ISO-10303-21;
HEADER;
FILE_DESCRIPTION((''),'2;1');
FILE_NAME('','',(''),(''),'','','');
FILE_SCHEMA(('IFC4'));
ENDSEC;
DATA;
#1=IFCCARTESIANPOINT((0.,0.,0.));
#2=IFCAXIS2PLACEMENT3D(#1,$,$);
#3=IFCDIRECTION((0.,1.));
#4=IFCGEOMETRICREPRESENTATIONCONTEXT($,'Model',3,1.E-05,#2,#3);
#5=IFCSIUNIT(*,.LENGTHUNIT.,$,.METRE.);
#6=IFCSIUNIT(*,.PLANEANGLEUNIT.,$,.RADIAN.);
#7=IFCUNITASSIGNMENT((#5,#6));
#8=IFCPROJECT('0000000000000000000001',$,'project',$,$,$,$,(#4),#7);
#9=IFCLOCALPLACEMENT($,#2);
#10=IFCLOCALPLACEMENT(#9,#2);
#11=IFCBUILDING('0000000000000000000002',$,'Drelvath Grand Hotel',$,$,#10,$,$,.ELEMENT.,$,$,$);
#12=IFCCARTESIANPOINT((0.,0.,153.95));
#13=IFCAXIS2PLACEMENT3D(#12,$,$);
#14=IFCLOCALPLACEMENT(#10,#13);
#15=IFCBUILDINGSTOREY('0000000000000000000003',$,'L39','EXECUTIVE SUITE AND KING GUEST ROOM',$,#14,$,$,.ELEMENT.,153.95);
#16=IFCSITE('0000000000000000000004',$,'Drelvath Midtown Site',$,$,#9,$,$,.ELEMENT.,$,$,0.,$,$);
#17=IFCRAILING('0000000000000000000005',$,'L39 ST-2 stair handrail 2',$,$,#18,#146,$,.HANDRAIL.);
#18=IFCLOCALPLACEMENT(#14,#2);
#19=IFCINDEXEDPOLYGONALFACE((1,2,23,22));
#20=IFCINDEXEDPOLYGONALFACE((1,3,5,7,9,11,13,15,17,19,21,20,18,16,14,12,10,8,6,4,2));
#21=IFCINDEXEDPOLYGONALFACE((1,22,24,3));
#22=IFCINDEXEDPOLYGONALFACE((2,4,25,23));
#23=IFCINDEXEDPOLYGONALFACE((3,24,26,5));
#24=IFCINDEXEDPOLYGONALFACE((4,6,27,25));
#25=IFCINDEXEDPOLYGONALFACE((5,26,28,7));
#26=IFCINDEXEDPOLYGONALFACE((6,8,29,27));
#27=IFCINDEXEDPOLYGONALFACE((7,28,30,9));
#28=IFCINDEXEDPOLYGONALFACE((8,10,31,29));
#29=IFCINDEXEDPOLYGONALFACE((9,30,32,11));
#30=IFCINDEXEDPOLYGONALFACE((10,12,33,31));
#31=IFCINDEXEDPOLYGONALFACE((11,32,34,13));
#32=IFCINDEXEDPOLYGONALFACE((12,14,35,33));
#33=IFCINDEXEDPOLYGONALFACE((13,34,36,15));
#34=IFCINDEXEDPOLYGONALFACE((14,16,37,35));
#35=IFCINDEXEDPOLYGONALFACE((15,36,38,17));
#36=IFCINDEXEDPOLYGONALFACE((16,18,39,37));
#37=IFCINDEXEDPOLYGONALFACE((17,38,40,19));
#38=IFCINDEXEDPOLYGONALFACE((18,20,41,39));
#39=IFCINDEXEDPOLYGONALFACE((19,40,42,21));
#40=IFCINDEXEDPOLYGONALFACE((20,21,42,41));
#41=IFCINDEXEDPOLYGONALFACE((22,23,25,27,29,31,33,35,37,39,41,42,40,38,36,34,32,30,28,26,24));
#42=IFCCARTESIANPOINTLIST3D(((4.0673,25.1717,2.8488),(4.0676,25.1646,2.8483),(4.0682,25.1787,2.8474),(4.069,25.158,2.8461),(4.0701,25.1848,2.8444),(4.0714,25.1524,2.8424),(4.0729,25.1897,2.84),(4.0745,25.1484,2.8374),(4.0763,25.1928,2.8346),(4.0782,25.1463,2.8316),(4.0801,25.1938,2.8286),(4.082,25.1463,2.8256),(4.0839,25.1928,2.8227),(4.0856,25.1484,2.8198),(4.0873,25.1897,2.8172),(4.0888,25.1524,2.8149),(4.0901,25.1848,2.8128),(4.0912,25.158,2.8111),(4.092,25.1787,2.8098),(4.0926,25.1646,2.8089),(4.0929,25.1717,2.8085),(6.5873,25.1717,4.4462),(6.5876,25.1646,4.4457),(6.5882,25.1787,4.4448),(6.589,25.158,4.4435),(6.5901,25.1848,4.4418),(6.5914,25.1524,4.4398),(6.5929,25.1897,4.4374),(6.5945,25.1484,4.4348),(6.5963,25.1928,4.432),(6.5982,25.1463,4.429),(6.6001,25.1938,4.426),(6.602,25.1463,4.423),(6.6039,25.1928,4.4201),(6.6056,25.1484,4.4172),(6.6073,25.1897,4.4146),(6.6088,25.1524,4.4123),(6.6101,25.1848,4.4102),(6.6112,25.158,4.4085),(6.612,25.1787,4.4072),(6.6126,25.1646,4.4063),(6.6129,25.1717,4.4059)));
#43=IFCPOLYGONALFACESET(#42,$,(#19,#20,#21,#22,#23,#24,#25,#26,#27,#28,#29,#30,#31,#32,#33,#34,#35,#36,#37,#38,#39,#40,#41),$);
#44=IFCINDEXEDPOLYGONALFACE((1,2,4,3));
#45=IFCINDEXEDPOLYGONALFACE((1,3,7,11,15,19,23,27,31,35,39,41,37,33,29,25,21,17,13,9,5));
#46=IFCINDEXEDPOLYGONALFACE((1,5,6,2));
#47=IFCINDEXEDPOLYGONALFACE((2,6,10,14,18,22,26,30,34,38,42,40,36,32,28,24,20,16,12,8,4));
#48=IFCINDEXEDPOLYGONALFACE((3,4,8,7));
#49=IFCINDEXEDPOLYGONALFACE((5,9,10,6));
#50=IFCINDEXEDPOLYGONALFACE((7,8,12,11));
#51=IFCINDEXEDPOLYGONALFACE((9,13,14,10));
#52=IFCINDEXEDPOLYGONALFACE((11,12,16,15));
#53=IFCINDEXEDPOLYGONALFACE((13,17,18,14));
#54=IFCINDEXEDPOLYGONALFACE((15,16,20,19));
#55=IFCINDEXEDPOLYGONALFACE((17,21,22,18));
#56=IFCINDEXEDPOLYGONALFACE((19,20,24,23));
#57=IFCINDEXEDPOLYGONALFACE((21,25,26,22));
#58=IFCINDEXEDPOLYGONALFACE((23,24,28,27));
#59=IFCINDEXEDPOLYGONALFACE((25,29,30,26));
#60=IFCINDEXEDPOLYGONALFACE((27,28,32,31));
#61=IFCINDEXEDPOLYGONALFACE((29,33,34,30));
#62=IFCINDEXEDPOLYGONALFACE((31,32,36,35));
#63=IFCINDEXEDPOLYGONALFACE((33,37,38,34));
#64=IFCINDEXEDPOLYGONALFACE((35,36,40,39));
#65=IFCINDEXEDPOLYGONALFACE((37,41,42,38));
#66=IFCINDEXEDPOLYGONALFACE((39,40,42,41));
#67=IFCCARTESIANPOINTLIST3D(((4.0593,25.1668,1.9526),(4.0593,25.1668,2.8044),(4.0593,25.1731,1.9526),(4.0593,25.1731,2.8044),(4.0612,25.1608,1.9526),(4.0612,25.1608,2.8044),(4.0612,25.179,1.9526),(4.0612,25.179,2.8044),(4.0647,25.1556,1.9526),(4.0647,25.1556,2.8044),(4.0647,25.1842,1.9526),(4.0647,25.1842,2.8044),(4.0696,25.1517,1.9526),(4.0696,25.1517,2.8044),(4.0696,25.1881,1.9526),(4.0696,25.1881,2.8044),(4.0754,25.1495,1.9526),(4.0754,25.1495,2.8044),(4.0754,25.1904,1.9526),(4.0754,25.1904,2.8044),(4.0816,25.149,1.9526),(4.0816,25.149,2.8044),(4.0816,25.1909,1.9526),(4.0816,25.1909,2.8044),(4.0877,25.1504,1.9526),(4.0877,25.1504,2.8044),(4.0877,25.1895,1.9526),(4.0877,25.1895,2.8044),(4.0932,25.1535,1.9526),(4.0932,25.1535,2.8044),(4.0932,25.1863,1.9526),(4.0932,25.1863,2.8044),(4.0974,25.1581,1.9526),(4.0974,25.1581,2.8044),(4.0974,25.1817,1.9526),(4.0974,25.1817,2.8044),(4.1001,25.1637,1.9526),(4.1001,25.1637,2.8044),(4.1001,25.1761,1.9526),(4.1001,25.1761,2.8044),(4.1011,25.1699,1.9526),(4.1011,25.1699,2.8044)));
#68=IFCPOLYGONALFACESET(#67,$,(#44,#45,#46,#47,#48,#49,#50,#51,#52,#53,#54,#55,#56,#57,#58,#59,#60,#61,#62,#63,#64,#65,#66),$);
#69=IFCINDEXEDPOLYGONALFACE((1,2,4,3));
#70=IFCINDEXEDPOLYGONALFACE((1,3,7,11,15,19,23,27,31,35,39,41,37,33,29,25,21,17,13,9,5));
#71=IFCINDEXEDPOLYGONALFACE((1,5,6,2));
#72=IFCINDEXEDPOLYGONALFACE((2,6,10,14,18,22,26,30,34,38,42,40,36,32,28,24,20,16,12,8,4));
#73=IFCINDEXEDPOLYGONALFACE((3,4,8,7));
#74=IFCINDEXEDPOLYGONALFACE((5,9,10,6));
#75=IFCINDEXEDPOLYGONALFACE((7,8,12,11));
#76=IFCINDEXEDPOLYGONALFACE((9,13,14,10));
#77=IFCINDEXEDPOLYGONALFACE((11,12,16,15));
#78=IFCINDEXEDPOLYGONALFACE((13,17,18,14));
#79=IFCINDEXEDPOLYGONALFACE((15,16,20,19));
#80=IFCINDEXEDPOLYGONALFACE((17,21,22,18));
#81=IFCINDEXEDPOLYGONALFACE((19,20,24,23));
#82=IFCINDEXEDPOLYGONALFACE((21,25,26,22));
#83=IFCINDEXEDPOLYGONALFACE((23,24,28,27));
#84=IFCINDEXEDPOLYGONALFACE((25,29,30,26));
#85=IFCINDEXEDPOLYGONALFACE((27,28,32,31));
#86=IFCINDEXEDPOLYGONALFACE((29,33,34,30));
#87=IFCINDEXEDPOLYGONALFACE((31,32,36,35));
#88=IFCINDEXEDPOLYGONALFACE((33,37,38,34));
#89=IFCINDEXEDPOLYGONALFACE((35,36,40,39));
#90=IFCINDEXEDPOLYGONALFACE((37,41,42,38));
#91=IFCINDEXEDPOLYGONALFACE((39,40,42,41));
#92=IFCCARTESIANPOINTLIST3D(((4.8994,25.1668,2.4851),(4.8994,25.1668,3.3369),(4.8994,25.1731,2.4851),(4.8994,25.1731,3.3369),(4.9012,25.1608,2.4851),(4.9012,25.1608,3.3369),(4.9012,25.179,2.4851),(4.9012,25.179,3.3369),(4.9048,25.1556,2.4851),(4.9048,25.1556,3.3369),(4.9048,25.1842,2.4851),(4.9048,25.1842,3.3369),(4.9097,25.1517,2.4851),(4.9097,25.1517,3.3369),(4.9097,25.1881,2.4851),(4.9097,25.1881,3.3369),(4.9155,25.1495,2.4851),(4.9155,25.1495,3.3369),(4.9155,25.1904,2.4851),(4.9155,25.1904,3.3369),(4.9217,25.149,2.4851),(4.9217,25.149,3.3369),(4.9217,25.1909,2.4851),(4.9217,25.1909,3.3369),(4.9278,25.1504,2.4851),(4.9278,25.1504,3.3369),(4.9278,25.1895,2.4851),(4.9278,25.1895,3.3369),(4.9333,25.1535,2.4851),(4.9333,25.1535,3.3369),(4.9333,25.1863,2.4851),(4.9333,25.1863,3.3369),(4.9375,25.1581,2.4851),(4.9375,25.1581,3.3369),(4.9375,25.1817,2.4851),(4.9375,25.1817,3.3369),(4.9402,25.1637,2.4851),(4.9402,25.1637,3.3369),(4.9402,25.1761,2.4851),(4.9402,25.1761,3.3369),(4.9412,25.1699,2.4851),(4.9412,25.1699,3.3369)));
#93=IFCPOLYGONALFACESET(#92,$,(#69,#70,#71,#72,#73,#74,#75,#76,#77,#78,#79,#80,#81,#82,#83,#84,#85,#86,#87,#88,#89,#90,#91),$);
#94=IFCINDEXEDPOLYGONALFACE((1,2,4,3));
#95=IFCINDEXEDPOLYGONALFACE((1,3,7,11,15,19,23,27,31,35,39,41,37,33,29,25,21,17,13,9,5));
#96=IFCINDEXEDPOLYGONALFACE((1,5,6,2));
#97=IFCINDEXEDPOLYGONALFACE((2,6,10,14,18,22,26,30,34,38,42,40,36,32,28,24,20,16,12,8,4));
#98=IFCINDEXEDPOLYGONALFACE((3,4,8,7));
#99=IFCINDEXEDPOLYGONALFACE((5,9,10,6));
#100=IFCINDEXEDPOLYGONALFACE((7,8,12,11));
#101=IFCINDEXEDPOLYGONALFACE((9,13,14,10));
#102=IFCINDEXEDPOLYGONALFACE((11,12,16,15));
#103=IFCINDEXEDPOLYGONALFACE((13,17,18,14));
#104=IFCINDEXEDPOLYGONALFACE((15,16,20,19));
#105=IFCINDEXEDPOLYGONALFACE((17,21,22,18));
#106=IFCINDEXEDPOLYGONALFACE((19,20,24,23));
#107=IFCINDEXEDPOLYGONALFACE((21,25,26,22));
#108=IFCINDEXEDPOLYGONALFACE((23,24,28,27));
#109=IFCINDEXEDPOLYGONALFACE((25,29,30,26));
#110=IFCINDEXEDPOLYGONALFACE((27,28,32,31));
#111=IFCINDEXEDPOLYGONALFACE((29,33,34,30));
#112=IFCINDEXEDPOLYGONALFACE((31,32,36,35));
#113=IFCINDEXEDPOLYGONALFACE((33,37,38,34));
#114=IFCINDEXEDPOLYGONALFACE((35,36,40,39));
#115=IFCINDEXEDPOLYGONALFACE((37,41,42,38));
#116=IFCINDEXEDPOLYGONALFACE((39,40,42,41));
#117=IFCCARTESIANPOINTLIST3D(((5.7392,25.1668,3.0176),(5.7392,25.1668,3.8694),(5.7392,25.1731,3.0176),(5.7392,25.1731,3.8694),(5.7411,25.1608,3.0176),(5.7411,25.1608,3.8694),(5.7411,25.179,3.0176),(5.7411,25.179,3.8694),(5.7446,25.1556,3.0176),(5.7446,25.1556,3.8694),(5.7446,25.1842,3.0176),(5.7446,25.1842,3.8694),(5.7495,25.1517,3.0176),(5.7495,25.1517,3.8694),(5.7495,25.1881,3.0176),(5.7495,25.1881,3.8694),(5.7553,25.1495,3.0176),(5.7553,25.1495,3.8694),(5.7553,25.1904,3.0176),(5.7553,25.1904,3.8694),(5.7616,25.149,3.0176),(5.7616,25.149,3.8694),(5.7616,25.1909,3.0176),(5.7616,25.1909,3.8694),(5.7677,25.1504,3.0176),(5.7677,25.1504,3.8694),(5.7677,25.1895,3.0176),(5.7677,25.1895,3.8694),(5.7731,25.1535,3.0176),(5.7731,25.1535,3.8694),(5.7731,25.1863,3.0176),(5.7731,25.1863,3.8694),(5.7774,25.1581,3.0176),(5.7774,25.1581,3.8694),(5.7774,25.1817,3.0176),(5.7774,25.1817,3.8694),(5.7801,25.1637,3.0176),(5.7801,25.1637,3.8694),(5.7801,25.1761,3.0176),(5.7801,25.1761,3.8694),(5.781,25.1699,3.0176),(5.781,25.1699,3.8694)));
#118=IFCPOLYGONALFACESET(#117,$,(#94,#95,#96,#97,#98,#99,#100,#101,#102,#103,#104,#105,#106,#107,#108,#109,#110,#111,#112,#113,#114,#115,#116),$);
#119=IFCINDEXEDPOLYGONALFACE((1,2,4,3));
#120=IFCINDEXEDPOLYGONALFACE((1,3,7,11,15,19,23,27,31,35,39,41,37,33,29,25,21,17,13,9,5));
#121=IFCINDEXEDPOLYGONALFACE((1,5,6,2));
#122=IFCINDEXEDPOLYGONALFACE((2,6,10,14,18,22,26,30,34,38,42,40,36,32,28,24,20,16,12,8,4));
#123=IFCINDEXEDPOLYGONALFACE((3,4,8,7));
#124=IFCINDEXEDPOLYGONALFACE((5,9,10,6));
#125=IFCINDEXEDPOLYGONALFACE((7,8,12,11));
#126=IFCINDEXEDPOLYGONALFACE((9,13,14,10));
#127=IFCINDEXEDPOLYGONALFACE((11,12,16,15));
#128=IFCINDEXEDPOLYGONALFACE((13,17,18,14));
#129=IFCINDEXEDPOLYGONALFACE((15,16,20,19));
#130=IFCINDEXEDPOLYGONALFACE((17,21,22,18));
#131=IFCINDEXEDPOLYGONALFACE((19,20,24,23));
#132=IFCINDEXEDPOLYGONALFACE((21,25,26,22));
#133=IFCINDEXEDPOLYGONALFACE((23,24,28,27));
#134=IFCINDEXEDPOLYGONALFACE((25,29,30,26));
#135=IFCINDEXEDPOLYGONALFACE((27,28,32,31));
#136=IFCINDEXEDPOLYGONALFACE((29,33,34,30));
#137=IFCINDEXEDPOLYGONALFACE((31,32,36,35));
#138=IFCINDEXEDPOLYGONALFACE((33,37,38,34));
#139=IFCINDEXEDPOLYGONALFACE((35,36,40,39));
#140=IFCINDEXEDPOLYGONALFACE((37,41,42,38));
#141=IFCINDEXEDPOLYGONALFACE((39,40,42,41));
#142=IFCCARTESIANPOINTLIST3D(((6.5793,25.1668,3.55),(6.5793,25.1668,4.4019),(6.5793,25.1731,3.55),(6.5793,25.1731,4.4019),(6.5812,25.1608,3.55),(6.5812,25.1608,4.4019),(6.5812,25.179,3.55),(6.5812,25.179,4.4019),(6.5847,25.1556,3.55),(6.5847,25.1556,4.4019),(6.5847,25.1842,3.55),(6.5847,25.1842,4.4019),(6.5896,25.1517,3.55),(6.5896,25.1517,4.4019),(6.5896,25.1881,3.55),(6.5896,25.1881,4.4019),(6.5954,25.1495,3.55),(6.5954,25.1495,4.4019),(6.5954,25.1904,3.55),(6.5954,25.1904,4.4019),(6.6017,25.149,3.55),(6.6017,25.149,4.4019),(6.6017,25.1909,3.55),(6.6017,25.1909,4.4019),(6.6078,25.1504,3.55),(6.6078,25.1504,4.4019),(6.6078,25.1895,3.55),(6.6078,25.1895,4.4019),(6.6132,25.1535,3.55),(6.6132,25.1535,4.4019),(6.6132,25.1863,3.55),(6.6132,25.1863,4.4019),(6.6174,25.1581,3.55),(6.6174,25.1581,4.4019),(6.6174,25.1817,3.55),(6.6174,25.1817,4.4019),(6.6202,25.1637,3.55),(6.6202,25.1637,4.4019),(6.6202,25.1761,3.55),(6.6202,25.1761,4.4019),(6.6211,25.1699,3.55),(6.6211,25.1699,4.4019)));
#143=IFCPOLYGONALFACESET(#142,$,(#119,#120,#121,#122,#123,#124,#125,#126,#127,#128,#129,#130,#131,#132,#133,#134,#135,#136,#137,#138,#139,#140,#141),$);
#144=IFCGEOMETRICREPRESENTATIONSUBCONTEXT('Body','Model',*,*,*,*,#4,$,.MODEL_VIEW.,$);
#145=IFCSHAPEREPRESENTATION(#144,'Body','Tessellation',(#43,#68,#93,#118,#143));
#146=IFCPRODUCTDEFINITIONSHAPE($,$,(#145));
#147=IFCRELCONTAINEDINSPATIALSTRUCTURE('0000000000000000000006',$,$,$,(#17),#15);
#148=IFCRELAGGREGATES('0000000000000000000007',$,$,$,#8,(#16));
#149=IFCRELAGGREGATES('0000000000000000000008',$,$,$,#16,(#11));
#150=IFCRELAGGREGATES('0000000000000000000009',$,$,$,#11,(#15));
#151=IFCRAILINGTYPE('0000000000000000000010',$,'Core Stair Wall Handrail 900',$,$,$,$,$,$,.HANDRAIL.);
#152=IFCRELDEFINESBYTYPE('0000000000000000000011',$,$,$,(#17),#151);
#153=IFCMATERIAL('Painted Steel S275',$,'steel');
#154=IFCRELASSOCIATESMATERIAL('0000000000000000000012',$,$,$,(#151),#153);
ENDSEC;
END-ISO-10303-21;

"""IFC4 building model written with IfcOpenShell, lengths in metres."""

from ifc_helpers import new_model, si_unit, direction, frame, origin, origin_2d, place, context, subcontext, project, spatial, circle, extrude, material, type_object, element, save


model = new_model("IFC4")

# Units and contexts
model_context = context("Model", 3, precision=1e-05, world=origin(), true_north=direction((0.0, 1.0)))
body_context = subcontext(model_context, "Body", "Model", "MODEL_VIEW")
ifc_project = project(units=[si_unit("LENGTHUNIT", "METRE"), si_unit("PLANEANGLEUNIT", "RADIAN")], contexts=[model_context])

# Site, building, storey
site_placement = place(None, origin())
site = spatial("IfcSite", under=ifc_project, at=site_placement, Name="Drelvath Midtown Site", CompositionType="ELEMENT", RefElevation=0.0)
building_placement = place(site_placement, origin())
building = spatial("IfcBuilding", under=site, at=building_placement, Name="Drelvath Grand Hotel", CompositionType="ELEMENT")
storey_placement = place(building_placement, frame((0.0, 0.0, 153.95)))
storey = spatial("IfcBuildingStorey", under=building, at=storey_placement, Name="L39", Description="EXECUTIVE SUITE AND KING GUEST ROOM", CompositionType="ELEMENT", Elevation=153.95)

# Railing
ifc_material_1 = material(Name="Painted Steel S275", Category="steel")
railing_type_1 = type_object("IfcRailingType", Name="Core Stair Wall Handrail 900", PredefinedType="HANDRAIL", material=ifc_material_1)
railing_1_placement = place(storey_placement, frame((4.0801, 25.1699, 1.9526)))
element("IfcRailing", 1, at=railing_1_placement, inside=storey, type_object=railing_type_1, Name="L39 ST-2 stair handrail 2", PredefinedType="HANDRAIL", context=body_context, shape_type="SweptSolid", body=[
    extrude(circle(Radius=0.0239, at=origin_2d()), frame((0.0, 0.0, 0.876), z_axis=(0.844607, 0.0, 0.535387), x_axis=(0.0, 1.0, 0.0)), (0.0, 0.0, 1.0), 2.9836),
    extrude(circle(Radius=0.021, at=origin_2d()), origin(), (0.0, 0.0, 1.0), 0.8518),
    extrude(circle(Radius=0.021, at=origin_2d()), frame((0.8401, 0.0, 0.5325)), (0.0, 0.0, 1.0), 0.8518),
    extrude(circle(Radius=0.021, at=origin_2d()), frame((1.6799, 0.0, 1.0649)), (0.0, 0.0, 1.0), 0.8518),
    extrude(circle(Radius=0.021, at=origin_2d()), frame((2.52, 0.0, 1.5974)), (0.0, 0.0, 1.0), 0.8518),
])

save(model, "model.ifc")
